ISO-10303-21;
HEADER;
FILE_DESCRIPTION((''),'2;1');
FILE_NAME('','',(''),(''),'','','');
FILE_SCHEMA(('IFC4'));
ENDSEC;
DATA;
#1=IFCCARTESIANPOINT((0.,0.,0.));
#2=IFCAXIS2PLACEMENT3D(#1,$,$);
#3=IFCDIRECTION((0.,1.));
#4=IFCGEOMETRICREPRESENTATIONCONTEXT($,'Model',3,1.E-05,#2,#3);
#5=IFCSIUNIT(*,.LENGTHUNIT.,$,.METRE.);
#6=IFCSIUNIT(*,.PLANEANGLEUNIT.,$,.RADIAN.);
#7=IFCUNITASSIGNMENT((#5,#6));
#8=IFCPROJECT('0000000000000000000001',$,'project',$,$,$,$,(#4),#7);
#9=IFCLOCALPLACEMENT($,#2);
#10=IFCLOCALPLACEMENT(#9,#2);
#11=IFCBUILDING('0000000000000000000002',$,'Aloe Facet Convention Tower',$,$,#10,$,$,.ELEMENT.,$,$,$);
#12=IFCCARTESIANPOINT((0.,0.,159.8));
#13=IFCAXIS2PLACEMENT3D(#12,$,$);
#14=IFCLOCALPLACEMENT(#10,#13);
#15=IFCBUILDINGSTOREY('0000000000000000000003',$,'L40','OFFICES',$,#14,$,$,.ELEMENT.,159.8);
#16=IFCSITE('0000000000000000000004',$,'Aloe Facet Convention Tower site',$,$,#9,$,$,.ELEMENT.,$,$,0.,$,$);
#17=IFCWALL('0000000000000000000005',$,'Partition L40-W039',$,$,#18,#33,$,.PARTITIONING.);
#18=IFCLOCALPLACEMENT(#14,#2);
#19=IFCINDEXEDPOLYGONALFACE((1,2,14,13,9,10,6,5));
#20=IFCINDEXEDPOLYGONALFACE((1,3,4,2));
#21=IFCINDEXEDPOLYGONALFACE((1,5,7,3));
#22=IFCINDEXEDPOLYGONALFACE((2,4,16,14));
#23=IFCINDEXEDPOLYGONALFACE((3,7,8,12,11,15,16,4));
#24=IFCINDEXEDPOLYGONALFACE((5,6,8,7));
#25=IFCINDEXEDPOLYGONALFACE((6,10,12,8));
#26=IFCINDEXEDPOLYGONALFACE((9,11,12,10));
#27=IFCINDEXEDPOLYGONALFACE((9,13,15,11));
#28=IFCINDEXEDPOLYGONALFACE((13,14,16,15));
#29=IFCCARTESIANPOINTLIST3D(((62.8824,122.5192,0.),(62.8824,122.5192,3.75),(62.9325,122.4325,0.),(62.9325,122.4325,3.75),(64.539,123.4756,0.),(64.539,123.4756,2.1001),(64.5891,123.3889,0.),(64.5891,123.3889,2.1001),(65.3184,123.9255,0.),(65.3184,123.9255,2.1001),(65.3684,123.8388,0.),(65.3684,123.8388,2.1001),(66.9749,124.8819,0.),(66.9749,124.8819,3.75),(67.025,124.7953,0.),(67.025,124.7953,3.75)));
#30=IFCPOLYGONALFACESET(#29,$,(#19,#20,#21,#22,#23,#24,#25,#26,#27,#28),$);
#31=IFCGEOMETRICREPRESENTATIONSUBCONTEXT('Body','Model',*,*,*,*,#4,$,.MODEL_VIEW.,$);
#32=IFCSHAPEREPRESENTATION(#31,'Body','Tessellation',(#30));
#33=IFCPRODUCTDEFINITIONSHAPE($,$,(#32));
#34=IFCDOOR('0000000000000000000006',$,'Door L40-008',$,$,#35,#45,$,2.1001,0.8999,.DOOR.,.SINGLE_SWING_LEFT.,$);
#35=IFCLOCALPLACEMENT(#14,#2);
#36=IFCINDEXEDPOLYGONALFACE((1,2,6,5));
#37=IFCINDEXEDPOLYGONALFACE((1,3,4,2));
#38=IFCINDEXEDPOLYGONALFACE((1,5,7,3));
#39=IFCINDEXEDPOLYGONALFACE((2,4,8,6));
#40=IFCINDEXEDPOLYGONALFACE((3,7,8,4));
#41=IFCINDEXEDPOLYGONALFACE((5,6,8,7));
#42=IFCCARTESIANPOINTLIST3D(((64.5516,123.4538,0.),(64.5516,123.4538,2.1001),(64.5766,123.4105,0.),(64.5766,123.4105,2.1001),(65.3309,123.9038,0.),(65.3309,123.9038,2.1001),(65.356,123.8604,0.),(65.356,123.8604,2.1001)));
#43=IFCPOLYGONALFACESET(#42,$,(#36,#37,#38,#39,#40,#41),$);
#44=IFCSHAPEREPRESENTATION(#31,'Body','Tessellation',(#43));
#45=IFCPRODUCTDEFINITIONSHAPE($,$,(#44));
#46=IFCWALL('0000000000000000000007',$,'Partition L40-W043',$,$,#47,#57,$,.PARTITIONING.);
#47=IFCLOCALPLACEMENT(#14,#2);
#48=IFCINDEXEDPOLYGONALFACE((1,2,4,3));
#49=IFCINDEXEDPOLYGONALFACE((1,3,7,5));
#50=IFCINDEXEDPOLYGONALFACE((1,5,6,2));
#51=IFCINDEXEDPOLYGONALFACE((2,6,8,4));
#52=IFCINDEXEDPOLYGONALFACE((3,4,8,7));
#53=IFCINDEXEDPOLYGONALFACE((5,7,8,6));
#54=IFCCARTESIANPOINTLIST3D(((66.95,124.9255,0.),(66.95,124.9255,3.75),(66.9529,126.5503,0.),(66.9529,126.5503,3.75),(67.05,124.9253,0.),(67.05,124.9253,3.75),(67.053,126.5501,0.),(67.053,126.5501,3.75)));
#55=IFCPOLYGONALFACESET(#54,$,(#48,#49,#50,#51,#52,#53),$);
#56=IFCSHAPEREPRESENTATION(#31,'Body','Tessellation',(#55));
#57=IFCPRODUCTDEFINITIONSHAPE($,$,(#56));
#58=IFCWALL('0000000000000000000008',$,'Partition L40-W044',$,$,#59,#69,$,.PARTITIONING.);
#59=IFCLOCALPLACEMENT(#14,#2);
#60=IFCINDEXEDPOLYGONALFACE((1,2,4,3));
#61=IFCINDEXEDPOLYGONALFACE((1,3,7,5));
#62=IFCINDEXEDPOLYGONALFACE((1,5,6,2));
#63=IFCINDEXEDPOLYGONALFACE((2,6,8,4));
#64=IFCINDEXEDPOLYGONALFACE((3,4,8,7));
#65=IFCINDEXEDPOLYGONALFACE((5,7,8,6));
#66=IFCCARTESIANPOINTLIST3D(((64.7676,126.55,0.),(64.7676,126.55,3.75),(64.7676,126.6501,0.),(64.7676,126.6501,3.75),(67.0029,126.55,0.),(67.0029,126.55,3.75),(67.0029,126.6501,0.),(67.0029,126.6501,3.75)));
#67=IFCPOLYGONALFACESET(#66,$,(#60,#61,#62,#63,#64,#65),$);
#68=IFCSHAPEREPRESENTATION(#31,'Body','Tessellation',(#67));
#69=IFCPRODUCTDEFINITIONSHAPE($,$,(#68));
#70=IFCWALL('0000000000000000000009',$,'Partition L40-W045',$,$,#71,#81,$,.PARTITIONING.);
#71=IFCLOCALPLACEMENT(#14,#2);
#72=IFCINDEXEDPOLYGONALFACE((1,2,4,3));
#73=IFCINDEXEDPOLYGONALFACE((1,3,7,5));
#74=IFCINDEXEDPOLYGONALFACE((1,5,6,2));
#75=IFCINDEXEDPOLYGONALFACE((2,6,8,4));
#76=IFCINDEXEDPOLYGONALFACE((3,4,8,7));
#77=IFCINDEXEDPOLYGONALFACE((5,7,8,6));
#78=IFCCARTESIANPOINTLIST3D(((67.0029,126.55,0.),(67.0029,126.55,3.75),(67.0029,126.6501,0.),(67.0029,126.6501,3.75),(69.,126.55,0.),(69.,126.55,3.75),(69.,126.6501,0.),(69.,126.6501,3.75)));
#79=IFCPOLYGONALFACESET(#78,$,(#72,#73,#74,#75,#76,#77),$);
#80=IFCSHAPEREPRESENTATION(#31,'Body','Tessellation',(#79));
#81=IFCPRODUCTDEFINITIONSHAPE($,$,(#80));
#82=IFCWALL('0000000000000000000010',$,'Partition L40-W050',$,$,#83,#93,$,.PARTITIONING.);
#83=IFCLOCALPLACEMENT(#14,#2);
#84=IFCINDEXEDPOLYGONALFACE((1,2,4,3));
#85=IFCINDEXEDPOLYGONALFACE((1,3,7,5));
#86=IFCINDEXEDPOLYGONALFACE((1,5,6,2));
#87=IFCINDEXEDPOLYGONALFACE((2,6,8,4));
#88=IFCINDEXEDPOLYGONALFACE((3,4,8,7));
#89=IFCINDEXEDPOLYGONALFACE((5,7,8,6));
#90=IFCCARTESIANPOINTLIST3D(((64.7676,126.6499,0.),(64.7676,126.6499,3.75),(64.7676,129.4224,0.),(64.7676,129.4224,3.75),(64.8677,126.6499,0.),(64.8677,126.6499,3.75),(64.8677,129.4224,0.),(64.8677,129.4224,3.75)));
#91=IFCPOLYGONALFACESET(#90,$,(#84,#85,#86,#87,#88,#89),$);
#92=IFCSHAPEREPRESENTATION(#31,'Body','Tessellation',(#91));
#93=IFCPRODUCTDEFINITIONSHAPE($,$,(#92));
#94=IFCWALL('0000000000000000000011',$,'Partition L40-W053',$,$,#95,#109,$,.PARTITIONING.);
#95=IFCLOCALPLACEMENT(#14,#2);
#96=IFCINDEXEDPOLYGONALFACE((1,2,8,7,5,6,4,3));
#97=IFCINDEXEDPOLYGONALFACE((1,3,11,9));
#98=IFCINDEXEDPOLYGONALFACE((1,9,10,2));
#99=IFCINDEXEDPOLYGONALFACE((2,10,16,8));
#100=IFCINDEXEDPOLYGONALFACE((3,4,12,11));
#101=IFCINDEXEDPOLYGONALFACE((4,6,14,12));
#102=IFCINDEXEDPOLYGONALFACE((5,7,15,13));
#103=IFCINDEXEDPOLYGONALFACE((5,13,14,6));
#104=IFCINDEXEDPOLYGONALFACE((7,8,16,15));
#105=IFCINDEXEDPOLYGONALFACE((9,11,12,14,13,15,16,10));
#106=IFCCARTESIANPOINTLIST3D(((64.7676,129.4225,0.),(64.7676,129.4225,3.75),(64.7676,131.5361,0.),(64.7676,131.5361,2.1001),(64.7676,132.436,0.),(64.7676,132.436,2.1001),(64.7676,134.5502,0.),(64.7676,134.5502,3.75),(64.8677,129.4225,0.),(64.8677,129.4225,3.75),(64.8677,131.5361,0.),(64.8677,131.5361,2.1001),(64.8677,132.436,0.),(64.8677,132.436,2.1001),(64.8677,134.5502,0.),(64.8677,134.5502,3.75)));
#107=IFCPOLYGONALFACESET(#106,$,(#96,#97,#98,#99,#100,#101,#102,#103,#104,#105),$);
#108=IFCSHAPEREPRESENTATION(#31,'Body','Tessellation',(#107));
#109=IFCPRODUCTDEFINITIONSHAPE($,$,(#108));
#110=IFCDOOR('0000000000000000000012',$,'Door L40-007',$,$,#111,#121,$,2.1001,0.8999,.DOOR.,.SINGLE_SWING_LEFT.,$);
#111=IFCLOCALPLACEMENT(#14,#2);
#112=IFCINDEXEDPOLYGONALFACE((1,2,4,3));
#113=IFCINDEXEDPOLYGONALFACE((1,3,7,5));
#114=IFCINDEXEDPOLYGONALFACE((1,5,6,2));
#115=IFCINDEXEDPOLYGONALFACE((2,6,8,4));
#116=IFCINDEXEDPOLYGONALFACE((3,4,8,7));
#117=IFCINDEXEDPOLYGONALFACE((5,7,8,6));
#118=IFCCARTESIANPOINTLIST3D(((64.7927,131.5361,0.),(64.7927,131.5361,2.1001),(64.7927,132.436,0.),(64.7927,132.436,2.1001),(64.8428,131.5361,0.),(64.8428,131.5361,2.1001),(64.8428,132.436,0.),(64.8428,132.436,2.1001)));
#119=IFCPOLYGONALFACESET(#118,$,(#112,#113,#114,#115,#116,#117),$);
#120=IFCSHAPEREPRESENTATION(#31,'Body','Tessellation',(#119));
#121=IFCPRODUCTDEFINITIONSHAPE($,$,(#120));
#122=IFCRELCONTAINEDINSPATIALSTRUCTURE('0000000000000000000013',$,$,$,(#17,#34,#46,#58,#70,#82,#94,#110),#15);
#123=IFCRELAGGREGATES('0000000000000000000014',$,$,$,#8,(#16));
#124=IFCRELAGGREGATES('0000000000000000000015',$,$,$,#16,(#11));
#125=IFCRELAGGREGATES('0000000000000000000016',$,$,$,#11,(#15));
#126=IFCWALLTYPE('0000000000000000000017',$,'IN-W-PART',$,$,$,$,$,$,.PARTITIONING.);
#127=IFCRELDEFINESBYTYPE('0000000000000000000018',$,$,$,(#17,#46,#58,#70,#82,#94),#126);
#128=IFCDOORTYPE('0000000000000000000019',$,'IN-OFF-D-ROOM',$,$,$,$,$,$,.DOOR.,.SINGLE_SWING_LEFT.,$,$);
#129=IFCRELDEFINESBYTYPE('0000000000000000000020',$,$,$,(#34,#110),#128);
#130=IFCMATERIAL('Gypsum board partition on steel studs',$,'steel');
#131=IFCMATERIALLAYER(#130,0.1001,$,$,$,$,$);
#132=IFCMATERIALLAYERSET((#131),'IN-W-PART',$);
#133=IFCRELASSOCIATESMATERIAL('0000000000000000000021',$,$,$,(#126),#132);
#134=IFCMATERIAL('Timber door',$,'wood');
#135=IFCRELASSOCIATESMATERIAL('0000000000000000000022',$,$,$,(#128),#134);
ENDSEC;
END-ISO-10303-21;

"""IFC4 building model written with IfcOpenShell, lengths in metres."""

from ifc_helpers import new_model, si_unit, direction, frame, frame_2d, origin, place, context, subcontext, project, spatial, rectangle, extrude, material, layer, layer_set, type_object, element, fill, save


model = new_model("IFC4")

# Units and contexts
model_context = context("Model", 3, precision=1e-05, world=origin(), true_north=direction((0.0, 1.0)))
body_context = subcontext(model_context, "Body", "Model", "MODEL_VIEW")
ifc_project = project(units=[si_unit("LENGTHUNIT", "METRE"), si_unit("PLANEANGLEUNIT", "RADIAN")], contexts=[model_context])

# Site, building, storey
site_placement = place(None, origin())
site = spatial("IfcSite", under=ifc_project, at=site_placement, Name="Aloe Facet Convention Tower site", CompositionType="ELEMENT", RefElevation=0.0)
building_placement = place(site_placement, origin())
building = spatial("IfcBuilding", under=site, at=building_placement, Name="Aloe Facet Convention Tower", CompositionType="ELEMENT")
storey_placement = place(building_placement, frame((0.0, 0.0, 159.8)))
storey = spatial("IfcBuildingStorey", under=building, at=storey_placement, Name="L40", Description="OFFICES", CompositionType="ELEMENT", Elevation=159.8)

# Wall, opening, door
ifc_material_1 = material(Name="Gypsum board partition on steel studs", Category="steel")
ifc_layer_1 = layer(ifc_material_1, 0.1001)
ifc_layer_set_1 = layer_set([ifc_layer_1], Name="IN-W-PART")
wall_type_1 = type_object("IfcWallType", Name="IN-W-PART", PredefinedType="PARTITIONING", material=ifc_layer_set_1)
wall_1_placement = place(storey_placement, frame((62.9075, 122.4758, 0.0), z_axis=(0.0, 0.0, 1.0), x_axis=(0.866028, 0.499995, 0.0)))
wall_1 = element("IfcWall", 1, at=wall_1_placement, inside=storey, type_object=wall_type_1, Name="Partition L40-W039", PredefinedType="PARTITIONING", context=body_context, shape_type="SweptSolid", body=[
    extrude(rectangle(XDim=4.7256, YDim=0.1001, at=frame_2d((2.3628, 0.0))), origin(), (0.0, 0.0, 1.0), 3.75),
])
opening_1_placement = place(wall_1_placement, frame((1.9128, 0.0, 0.0)))
opening_1 = element("IfcOpeningElement", 2, at=opening_1_placement, cuts=wall_1, PredefinedType="OPENING", context=body_context, shape_type="SweptSolid", body=[
    extrude(rectangle(XDim=0.8999, YDim=2.1001, at=frame_2d((0.45, 1.05))), frame((0.0, 0.0601, 0.0), z_axis=(0.0, -1.0, 0.0), x_axis=(1.0, 0.0, 0.0)), (0.0, 0.0, 1.0), 0.1201),
])
ifc_material_2 = material(Name="Timber door", Category="wood")
door_type_1 = type_object("IfcDoorType", Name="IN-OFF-D-ROOM", OperationType="SINGLE_SWING_LEFT", PredefinedType="DOOR", material=ifc_material_2)
door_1_placement = place(opening_1_placement, origin())
door_1 = element("IfcDoor", 3, at=door_1_placement, inside=storey, type_object=door_type_1, Name="Door L40-008", OperationType="SINGLE_SWING_LEFT", OverallHeight=2.1001, OverallWidth=0.8999, PredefinedType="DOOR", context=body_context, shape_type="SweptSolid", body=[
    extrude(rectangle(XDim=0.8999, YDim=2.1001, at=frame_2d((0.45, 1.05))), frame((0.0, 0.0249, 0.0), z_axis=(0.0, -1.0, 0.0), x_axis=(1.0, 0.0, 0.0)), (0.0, 0.0, 1.0), 0.05),
])
fill(opening_1, door_1)

# Walls
wall_2_placement = place(storey_placement, frame((67.0, 124.9253, 0.0), z_axis=(0.0, 0.0, 1.0), x_axis=(0.001803, 0.999998, 0.0)))
element("IfcWall", 4, at=wall_2_placement, inside=storey, type_object=wall_type_1, Name="Partition L40-W043", PredefinedType="PARTITIONING", context=body_context, shape_type="SweptSolid", body=[
    extrude(rectangle(XDim=1.6248, YDim=0.1001, at=frame_2d((0.8125, 0.0))), origin(), (0.0, 0.0, 1.0), 3.75),
])
wall_3_placement = place(storey_placement, frame((64.7676, 126.6001, 0.0), z_axis=(0.0, 0.0, 1.0), x_axis=(1.0, 0.0, 0.0)))
element("IfcWall", 5, at=wall_3_placement, inside=storey, type_object=wall_type_1, Name="Partition L40-W044", PredefinedType="PARTITIONING", context=body_context, shape_type="SweptSolid", body=[
    extrude(rectangle(XDim=2.2354, YDim=0.1001, at=frame_2d((1.1177, 0.0))), origin(), (0.0, 0.0, 1.0), 3.75),
])
wall_4_placement = place(storey_placement, frame((67.0029, 126.6001, 0.0), z_axis=(0.0, 0.0, 1.0), x_axis=(1.0, 0.0, 0.0)))
element("IfcWall", 6, at=wall_4_placement, inside=storey, type_object=wall_type_1, Name="Partition L40-W045", PredefinedType="PARTITIONING", context=body_context, shape_type="SweptSolid", body=[
    extrude(rectangle(XDim=1.9971, YDim=0.1001, at=frame_2d((0.9985, 0.0))), origin(), (0.0, 0.0, 1.0), 3.75),
])
wall_5_placement = place(storey_placement, frame((64.8176, 126.6499, 0.0), z_axis=(0.0, 0.0, 1.0), x_axis=(0.0, 1.0, 0.0)))
element("IfcWall", 7, at=wall_5_placement, inside=storey, type_object=wall_type_1, Name="Partition L40-W050", PredefinedType="PARTITIONING", context=body_context, shape_type="SweptSolid", body=[
    extrude(rectangle(XDim=2.7725, YDim=0.1001, at=frame_2d((1.3862, 0.0))), origin(), (0.0, 0.0, 1.0), 3.75),
])

# Wall, opening, door
wall_6_placement = place(storey_placement, frame((64.8176, 129.4224, 0.0), z_axis=(0.0, 0.0, 1.0), x_axis=(0.0, 1.0, 0.0)))
wall_6 = element("IfcWall", 8, at=wall_6_placement, inside=storey, type_object=wall_type_1, Name="Partition L40-W053", PredefinedType="PARTITIONING", context=body_context, shape_type="SweptSolid", body=[
    extrude(rectangle(XDim=5.1277, YDim=0.1001, at=frame_2d((2.564, 0.0))), origin(), (0.0, 0.0, 1.0), 3.75),
])
opening_2_placement = place(wall_6_placement, frame((2.1138, 0.0, 0.0)))
opening_2 = element("IfcOpeningElement", 9, at=opening_2_placement, cuts=wall_6, PredefinedType="OPENING", context=body_context, shape_type="SweptSolid", body=[
    extrude(rectangle(XDim=0.8999, YDim=2.1001, at=frame_2d((0.45, 1.05))), frame((0.0, 0.0601, 0.0), z_axis=(0.0, -1.0, 0.0), x_axis=(1.0, 0.0, 0.0)), (0.0, 0.0, 1.0), 0.1201),
])
door_2_placement = place(opening_2_placement, origin())
door_2 = element("IfcDoor", 10, at=door_2_placement, inside=storey, type_object=door_type_1, Name="Door L40-007", OperationType="SINGLE_SWING_LEFT", OverallHeight=2.1001, OverallWidth=0.8999, PredefinedType="DOOR", context=body_context, shape_type="SweptSolid", body=[
    extrude(rectangle(XDim=0.8999, YDim=2.1001, at=frame_2d((0.45, 1.05))), frame((0.0, 0.0249, 0.0), z_axis=(0.0, -1.0, 0.0), x_axis=(1.0, 0.0, 0.0)), (0.0, 0.0, 1.0), 0.05),
])
fill(opening_2, door_2)

save(model, "model.ifc")
